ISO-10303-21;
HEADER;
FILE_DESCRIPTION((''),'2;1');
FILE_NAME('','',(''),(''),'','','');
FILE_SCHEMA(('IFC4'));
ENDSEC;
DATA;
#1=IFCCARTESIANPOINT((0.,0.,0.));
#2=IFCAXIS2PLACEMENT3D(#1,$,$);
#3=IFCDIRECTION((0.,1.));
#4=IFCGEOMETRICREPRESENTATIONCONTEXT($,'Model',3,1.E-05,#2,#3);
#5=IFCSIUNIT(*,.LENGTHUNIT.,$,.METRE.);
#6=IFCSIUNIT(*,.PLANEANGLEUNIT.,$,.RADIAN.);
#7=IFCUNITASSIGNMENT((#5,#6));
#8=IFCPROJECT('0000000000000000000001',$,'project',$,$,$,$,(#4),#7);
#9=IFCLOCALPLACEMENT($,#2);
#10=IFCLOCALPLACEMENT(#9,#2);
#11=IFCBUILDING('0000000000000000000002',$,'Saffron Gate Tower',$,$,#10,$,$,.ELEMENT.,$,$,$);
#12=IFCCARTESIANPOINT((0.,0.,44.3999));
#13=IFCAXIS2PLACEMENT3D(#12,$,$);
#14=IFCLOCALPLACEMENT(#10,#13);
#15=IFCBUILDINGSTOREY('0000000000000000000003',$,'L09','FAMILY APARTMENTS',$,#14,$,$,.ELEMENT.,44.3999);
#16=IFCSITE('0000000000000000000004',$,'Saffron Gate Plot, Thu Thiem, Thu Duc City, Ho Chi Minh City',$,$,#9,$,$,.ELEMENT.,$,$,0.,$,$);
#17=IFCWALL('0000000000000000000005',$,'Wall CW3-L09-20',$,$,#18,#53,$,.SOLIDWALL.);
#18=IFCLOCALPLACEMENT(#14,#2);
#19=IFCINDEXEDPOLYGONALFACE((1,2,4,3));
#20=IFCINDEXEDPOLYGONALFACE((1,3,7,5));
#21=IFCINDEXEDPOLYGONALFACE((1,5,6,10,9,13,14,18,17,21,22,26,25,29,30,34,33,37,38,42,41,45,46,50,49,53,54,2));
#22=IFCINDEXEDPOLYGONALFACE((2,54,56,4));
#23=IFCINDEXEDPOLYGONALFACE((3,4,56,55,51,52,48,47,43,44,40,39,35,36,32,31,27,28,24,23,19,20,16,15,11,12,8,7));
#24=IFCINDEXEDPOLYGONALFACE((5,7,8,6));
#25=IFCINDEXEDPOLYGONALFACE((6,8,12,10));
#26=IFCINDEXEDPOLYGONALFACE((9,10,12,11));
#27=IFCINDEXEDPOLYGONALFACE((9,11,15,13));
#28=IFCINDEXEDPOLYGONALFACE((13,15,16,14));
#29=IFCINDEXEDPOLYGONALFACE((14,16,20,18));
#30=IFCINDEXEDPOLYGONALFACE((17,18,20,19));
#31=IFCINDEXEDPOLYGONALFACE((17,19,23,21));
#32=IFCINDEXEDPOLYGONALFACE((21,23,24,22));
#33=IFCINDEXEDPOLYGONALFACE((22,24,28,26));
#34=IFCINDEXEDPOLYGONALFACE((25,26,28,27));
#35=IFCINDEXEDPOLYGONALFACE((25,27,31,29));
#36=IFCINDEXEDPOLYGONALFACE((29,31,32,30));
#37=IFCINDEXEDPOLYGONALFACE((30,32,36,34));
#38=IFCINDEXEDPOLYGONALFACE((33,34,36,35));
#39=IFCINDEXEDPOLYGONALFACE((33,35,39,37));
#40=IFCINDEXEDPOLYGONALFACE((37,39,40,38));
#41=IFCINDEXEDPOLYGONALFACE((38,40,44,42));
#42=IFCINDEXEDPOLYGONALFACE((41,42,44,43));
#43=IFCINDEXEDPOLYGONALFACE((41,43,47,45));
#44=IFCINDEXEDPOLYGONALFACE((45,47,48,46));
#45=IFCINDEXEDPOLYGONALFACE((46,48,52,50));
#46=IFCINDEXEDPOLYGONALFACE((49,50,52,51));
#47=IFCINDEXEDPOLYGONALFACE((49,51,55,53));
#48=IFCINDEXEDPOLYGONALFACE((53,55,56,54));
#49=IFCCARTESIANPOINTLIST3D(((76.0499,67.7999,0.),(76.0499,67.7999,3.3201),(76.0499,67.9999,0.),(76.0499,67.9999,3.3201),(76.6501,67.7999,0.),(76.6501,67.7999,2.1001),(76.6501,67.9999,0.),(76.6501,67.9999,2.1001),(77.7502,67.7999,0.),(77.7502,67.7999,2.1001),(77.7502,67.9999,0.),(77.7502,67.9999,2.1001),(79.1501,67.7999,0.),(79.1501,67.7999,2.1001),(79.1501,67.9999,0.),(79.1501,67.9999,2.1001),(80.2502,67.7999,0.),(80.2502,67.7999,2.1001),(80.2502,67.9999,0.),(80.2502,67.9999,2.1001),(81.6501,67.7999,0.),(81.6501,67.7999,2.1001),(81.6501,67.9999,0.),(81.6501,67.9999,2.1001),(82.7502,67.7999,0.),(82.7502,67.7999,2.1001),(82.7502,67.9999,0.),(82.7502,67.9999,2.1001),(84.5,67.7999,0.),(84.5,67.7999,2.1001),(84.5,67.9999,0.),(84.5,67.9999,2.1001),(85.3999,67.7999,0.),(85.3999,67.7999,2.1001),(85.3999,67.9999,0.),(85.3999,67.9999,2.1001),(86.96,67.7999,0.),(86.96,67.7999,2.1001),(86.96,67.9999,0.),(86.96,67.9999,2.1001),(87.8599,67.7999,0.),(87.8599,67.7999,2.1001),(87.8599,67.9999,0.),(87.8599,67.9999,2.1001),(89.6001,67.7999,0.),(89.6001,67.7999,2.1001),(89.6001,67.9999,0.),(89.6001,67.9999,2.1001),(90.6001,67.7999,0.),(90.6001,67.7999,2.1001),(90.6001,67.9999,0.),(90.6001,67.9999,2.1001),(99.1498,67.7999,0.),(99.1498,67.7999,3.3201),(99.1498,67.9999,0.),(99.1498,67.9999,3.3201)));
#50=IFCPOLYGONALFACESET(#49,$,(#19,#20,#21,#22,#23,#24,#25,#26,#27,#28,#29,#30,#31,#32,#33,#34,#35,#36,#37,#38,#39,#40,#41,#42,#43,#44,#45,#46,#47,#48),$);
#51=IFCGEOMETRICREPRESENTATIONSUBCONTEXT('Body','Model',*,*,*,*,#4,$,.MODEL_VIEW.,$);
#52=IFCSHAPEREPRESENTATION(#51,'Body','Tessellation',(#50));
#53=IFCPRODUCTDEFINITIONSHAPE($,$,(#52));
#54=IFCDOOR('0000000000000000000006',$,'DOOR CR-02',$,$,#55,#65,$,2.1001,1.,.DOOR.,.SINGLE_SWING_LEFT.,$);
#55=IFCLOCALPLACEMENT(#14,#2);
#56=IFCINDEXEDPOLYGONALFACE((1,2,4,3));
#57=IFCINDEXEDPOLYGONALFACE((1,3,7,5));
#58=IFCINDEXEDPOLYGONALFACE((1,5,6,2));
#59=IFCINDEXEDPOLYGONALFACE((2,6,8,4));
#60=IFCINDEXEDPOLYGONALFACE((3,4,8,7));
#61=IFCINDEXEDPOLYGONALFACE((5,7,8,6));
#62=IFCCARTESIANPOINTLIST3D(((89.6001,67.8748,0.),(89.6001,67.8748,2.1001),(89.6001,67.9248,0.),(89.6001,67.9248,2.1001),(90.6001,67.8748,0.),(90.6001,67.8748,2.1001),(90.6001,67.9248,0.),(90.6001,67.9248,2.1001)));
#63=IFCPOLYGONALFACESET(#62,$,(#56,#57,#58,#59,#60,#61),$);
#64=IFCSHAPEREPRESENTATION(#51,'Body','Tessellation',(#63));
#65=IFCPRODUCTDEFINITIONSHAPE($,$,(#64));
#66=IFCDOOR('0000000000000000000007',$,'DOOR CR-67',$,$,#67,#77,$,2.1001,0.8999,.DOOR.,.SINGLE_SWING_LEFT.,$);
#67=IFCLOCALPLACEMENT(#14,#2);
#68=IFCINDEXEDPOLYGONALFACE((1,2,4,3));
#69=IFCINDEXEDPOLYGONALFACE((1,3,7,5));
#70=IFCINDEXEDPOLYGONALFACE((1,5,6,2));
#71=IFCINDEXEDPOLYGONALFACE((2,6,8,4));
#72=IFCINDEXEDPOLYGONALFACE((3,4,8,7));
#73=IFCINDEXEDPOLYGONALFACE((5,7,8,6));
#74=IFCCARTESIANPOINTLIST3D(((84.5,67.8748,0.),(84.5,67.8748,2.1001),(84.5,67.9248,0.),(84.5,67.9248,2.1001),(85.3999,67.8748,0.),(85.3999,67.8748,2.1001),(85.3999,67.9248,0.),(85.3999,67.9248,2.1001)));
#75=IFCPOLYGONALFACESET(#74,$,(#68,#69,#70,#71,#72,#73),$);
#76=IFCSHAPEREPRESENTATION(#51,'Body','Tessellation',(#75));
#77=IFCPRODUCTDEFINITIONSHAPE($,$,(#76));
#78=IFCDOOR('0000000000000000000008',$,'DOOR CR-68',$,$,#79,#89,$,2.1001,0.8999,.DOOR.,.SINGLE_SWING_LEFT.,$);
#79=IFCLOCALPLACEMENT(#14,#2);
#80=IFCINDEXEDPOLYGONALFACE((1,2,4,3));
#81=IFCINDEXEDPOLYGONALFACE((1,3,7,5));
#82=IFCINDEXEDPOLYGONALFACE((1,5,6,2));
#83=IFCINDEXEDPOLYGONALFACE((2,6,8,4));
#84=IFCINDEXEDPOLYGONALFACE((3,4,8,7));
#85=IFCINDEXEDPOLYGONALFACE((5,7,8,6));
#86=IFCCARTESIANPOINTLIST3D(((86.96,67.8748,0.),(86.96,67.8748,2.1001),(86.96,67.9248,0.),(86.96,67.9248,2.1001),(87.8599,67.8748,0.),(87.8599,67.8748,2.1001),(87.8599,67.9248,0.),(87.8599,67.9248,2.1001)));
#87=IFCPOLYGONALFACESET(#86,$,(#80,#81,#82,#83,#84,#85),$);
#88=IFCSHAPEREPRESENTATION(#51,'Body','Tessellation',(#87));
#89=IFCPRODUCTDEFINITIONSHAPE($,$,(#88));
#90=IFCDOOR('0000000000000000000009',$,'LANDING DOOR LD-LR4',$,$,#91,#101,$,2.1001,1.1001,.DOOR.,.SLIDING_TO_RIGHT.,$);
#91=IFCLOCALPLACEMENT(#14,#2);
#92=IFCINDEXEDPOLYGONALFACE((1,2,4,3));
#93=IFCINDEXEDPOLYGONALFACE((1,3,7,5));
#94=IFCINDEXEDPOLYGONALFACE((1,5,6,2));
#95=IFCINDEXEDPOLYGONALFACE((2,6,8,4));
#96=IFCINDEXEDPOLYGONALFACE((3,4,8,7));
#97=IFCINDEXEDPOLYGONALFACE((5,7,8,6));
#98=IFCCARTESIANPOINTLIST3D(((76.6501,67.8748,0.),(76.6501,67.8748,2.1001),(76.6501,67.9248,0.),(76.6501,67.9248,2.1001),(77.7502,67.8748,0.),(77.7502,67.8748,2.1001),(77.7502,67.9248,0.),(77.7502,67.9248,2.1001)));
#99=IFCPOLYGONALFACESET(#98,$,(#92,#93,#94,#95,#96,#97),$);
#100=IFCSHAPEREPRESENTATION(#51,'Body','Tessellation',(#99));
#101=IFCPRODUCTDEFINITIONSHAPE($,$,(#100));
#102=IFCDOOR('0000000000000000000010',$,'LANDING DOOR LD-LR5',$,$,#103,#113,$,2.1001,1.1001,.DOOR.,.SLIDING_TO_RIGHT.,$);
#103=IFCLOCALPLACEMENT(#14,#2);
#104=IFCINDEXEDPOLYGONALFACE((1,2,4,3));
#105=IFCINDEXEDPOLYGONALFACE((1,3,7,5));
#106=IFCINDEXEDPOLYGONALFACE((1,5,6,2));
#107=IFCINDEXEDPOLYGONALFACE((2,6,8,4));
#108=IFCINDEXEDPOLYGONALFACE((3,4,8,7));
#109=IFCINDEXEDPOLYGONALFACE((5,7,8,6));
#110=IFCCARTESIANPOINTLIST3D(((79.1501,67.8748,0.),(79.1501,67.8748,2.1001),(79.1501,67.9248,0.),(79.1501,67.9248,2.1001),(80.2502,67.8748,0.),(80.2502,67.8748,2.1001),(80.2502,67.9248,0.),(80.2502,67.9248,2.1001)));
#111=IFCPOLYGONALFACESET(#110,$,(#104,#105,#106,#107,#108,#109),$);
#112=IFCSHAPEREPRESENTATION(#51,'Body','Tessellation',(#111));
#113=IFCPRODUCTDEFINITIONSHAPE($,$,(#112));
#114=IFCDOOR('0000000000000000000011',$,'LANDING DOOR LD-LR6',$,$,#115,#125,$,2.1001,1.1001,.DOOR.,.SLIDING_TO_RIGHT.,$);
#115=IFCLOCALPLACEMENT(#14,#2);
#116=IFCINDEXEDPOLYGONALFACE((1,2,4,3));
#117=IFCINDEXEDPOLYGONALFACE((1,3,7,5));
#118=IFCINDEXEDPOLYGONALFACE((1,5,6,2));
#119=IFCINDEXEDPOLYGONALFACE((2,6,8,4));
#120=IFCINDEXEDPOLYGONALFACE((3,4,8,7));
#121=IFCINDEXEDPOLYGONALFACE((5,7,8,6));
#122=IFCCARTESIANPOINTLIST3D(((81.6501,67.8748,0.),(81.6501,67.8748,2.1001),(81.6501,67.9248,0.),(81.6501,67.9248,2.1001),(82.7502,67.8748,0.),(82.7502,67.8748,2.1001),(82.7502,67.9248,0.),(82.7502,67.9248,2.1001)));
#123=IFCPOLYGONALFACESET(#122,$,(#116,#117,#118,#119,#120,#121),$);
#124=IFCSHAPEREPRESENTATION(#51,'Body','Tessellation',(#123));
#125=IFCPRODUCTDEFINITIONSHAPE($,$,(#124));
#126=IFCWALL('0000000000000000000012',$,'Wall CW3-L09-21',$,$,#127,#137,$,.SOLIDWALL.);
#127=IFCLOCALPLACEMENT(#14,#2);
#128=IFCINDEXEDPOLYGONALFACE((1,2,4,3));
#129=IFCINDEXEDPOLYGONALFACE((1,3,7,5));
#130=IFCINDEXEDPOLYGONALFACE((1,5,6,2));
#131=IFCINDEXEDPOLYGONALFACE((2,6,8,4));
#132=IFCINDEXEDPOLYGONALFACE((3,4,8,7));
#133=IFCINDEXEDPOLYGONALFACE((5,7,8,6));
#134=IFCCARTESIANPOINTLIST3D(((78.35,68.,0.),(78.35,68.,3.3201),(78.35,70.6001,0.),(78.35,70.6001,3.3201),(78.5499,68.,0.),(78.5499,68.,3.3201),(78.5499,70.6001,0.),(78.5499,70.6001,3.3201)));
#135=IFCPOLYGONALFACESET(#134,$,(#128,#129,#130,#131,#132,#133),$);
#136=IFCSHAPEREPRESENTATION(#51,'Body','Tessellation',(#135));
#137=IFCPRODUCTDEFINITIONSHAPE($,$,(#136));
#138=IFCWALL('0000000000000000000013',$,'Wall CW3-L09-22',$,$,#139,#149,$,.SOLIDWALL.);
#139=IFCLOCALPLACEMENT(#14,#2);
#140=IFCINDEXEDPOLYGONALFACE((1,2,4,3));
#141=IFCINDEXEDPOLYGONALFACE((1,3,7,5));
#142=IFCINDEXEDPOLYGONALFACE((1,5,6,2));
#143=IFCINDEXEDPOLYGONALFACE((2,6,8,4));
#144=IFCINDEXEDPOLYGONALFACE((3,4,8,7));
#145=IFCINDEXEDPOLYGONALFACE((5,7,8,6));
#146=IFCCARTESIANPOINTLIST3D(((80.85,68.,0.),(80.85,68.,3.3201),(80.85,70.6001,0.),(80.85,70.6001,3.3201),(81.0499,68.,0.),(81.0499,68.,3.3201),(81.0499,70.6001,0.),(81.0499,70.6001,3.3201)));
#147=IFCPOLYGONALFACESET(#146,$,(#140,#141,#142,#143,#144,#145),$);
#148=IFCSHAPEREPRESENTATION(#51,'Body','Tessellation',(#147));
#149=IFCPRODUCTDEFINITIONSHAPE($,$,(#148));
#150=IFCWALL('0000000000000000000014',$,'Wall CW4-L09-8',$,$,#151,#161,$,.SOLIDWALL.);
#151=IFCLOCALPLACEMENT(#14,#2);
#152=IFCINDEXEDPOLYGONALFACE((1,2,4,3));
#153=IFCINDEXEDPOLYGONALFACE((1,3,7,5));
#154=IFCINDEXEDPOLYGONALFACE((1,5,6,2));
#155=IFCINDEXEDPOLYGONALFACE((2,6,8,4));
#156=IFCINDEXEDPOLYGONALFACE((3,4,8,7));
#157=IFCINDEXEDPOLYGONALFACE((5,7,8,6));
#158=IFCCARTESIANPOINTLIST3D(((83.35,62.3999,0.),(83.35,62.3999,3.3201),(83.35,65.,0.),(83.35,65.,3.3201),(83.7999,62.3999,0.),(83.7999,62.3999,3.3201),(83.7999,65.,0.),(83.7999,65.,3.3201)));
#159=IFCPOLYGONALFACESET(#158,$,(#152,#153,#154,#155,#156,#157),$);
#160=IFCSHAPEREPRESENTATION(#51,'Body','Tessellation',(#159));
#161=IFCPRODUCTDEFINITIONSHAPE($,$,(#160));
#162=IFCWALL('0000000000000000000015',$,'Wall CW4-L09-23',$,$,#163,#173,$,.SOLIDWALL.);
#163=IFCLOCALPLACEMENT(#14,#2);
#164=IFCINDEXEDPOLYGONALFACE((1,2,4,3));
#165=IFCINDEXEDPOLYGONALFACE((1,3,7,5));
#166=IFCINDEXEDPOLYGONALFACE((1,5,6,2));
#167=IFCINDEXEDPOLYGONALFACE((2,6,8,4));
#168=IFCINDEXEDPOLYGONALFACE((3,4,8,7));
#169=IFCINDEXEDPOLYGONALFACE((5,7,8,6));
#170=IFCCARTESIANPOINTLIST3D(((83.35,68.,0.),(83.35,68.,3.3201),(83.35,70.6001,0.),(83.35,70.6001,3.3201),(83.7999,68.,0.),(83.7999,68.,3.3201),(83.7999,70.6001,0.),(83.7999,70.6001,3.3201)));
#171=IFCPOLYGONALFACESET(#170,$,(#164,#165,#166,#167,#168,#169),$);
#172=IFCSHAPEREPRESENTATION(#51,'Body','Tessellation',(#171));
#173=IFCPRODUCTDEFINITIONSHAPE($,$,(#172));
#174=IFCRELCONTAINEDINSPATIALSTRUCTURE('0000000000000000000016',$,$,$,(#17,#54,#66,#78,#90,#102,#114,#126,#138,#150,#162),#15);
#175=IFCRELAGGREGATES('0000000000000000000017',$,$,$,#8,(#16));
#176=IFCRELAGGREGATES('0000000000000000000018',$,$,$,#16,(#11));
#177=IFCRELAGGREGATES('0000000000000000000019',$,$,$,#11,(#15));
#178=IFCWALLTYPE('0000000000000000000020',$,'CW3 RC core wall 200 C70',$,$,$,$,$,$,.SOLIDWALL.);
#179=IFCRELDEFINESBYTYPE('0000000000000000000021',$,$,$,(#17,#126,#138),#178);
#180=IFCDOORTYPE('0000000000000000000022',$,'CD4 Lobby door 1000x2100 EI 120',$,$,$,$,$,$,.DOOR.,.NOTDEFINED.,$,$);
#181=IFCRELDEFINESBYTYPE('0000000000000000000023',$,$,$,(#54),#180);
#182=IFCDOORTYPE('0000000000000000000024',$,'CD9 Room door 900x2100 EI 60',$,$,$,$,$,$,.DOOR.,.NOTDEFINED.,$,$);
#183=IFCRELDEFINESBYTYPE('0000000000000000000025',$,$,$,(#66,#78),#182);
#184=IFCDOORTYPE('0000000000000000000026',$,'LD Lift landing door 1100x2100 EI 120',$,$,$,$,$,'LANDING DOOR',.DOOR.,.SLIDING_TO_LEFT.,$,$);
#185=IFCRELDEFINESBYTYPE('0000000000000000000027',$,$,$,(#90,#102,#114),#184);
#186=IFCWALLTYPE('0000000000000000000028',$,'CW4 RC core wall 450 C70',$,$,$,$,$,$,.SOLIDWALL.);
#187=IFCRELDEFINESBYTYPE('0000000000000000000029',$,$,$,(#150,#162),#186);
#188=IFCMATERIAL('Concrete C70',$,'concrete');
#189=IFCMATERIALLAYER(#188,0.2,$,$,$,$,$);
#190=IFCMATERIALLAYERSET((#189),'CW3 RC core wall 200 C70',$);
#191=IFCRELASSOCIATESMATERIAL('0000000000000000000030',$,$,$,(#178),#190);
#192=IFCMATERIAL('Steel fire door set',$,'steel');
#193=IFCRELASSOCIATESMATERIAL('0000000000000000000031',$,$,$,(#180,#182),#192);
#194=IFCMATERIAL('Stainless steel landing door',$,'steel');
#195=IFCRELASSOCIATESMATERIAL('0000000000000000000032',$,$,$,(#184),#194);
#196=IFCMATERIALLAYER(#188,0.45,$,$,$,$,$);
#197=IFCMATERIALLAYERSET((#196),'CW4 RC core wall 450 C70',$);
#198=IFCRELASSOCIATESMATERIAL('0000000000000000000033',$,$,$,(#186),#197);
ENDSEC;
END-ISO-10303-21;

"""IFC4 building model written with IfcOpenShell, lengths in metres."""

from ifc_helpers import new_model, si_unit, direction, frame, frame_2d, origin, place, context, subcontext, project, spatial, rectangle, extrude, material, layer, layer_set, type_object, element, fill, save


model = new_model("IFC4")

# Units and contexts
model_context = context("Model", 3, precision=1e-05, world=origin(), true_north=direction((0.0, 1.0)))
body_context = subcontext(model_context, "Body", "Model", "MODEL_VIEW")
ifc_project = project(units=[si_unit("LENGTHUNIT", "METRE"), si_unit("PLANEANGLEUNIT", "RADIAN")], contexts=[model_context])

# Site, building, storey
site_placement = place(None, origin())
site = spatial("IfcSite", under=ifc_project, at=site_placement, Name="Saffron Gate Plot, Thu Thiem, Thu Duc City, Ho Chi Minh City", CompositionType="ELEMENT", RefElevation=0.0)
building_placement = place(site_placement, origin())
building = spatial("IfcBuilding", under=site, at=building_placement, Name="Saffron Gate Tower", CompositionType="ELEMENT")
storey_placement = place(building_placement, frame((0.0, 0.0, 44.3999)))
storey = spatial("IfcBuildingStorey", under=building, at=storey_placement, Name="L09", Description="FAMILY APARTMENTS", CompositionType="ELEMENT", Elevation=44.3999)

# Shared definitions
ifc_material_1 = material(Name="Concrete C70", Category="concrete")

# Shared definitions
ifc_material_2 = material(Name="Steel fire door set", Category="steel")

# Shared definitions
ifc_layer_1 = layer(ifc_material_1, 0.2)
ifc_layer_set_1 = layer_set([ifc_layer_1], Name="CW3 RC core wall 200 C70")
wall_type_1 = type_object("IfcWallType", Name="CW3 RC core wall 200 C70", PredefinedType="SOLIDWALL", material=ifc_layer_set_1)

# Wall, openings, doors
wall_1_placement = place(storey_placement, frame((76.05, 67.8999, 0.0), z_axis=(0.0, 0.0, 1.0), x_axis=(1.0, 0.0, 0.0)))
wall_1 = element("IfcWall", 1, at=wall_1_placement, inside=storey, type_object=wall_type_1, Name="Wall CW3-L09-20", PredefinedType="SOLIDWALL", context=body_context, shape_type="SweptSolid", body=[
    extrude(rectangle(XDim=23.0999, YDim=0.2, at=frame_2d((11.5498, 0.0))), origin(), (0.0, 0.0, 1.0), 3.3201),
])
opening_1_placement = place(wall_1_placement, frame((0.6001, 0.0, 0.0)))
opening_1 = element("IfcOpeningElement", 2, at=opening_1_placement, cuts=wall_1, PredefinedType="OPENING", context=body_context, shape_type="SweptSolid", body=[
    extrude(rectangle(XDim=1.1001, YDim=2.1001, at=frame_2d((0.55, 1.05))), frame((0.0, 0.1099, 0.0), z_axis=(0.0, -1.0, 0.0), x_axis=(1.0, 0.0, 0.0)), (0.0, 0.0, 1.0), 0.22),
])
opening_2_placement = place(wall_1_placement, frame((3.1001, 0.0, 0.0)))
opening_2 = element("IfcOpeningElement", 3, at=opening_2_placement, cuts=wall_1, PredefinedType="OPENING", context=body_context, shape_type="SweptSolid", body=[
    extrude(rectangle(XDim=1.1001, YDim=2.1001, at=frame_2d((0.55, 1.05))), frame((0.0, 0.1099, 0.0), z_axis=(0.0, -1.0, 0.0), x_axis=(1.0, 0.0, 0.0)), (0.0, 0.0, 1.0), 0.22),
])
opening_3_placement = place(wall_1_placement, frame((5.6001, 0.0, 0.0)))
opening_3 = element("IfcOpeningElement", 4, at=opening_3_placement, cuts=wall_1, PredefinedType="OPENING", context=body_context, shape_type="SweptSolid", body=[
    extrude(rectangle(XDim=1.1001, YDim=2.1001, at=frame_2d((0.55, 1.05))), frame((0.0, 0.1099, 0.0), z_axis=(0.0, -1.0, 0.0), x_axis=(1.0, 0.0, 0.0)), (0.0, 0.0, 1.0), 0.22),
])
opening_4_placement = place(wall_1_placement, frame((8.45, 0.0, 0.0)))
opening_4 = element("IfcOpeningElement", 5, at=opening_4_placement, cuts=wall_1, PredefinedType="OPENING", context=body_context, shape_type="SweptSolid", body=[
    extrude(rectangle(XDim=0.8999, YDim=2.1001, at=frame_2d((0.45, 1.05))), frame((0.0, 0.1099, 0.0), z_axis=(0.0, -1.0, 0.0), x_axis=(1.0, 0.0, 0.0)), (0.0, 0.0, 1.0), 0.22),
])
opening_5_placement = place(wall_1_placement, frame((10.9099, 0.0, 0.0)))
opening_5 = element("IfcOpeningElement", 6, at=opening_5_placement, cuts=wall_1, PredefinedType="OPENING", context=body_context, shape_type="SweptSolid", body=[
    extrude(rectangle(XDim=0.8999, YDim=2.1001, at=frame_2d((0.45, 1.05))), frame((0.0, 0.1099, 0.0), z_axis=(0.0, -1.0, 0.0), x_axis=(1.0, 0.0, 0.0)), (0.0, 0.0, 1.0), 0.22),
])
opening_6_placement = place(wall_1_placement, frame((13.55, 0.0, 0.0)))
opening_6 = element("IfcOpeningElement", 7, at=opening_6_placement, cuts=wall_1, PredefinedType="OPENING", context=body_context, shape_type="SweptSolid", body=[
    extrude(rectangle(XDim=1.0, YDim=2.1001, at=frame_2d((0.5, 1.05))), frame((0.0, 0.1099, 0.0), z_axis=(0.0, -1.0, 0.0), x_axis=(1.0, 0.0, 0.0)), (0.0, 0.0, 1.0), 0.22),
])
door_type_1 = type_object("IfcDoorType", Name="CD4 Lobby door 1000x2100 EI 120", OperationType="NOTDEFINED", PredefinedType="DOOR", material=ifc_material_2)
door_1_placement = place(opening_6_placement, origin())
door_1 = element("IfcDoor", 8, at=door_1_placement, inside=storey, type_object=door_type_1, Name="DOOR CR-02", OperationType="SINGLE_SWING_LEFT", OverallHeight=2.1001, OverallWidth=1.0, PredefinedType="DOOR", context=body_context, shape_type="SweptSolid", body=[
    extrude(rectangle(XDim=1.0, YDim=2.1001, at=frame_2d((0.5, 1.05))), frame((0.0, 0.0249, 0.0), z_axis=(0.0, -1.0, 0.0), x_axis=(1.0, 0.0, 0.0)), (0.0, 0.0, 1.0), 0.05),
])
fill(opening_6, door_1)
door_type_2 = type_object("IfcDoorType", Name="CD9 Room door 900x2100 EI 60", OperationType="NOTDEFINED", PredefinedType="DOOR", material=ifc_material_2)
door_2_placement = place(opening_4_placement, origin())
door_2 = element("IfcDoor", 9, at=door_2_placement, inside=storey, type_object=door_type_2, Name="DOOR CR-67", OperationType="SINGLE_SWING_LEFT", OverallHeight=2.1001, OverallWidth=0.8999, PredefinedType="DOOR", context=body_context, shape_type="SweptSolid", body=[
    extrude(rectangle(XDim=0.8999, YDim=2.1001, at=frame_2d((0.45, 1.05))), frame((0.0, 0.0249, 0.0), z_axis=(0.0, -1.0, 0.0), x_axis=(1.0, 0.0, 0.0)), (0.0, 0.0, 1.0), 0.05),
])
fill(opening_4, door_2)
door_3_placement = place(opening_5_placement, origin())
door_3 = element("IfcDoor", 10, at=door_3_placement, inside=storey, type_object=door_type_2, Name="DOOR CR-68", OperationType="SINGLE_SWING_LEFT", OverallHeight=2.1001, OverallWidth=0.8999, PredefinedType="DOOR", context=body_context, shape_type="SweptSolid", body=[
    extrude(rectangle(XDim=0.8999, YDim=2.1001, at=frame_2d((0.45, 1.05))), frame((0.0, 0.0249, 0.0), z_axis=(0.0, -1.0, 0.0), x_axis=(1.0, 0.0, 0.0)), (0.0, 0.0, 1.0), 0.05),
])
fill(opening_5, door_3)
ifc_material_3 = material(Name="Stainless steel landing door", Category="steel")
door_type_3 = type_object("IfcDoorType", Name="LD Lift landing door 1100x2100 EI 120", ElementType="LANDING DOOR", OperationType="SLIDING_TO_LEFT", PredefinedType="DOOR", material=ifc_material_3)
door_4_placement = place(opening_1_placement, origin())
door_4 = element("IfcDoor", 11, at=door_4_placement, inside=storey, type_object=door_type_3, Name="LANDING DOOR LD-LR4", OperationType="SLIDING_TO_RIGHT", OverallHeight=2.1001, OverallWidth=1.1001, PredefinedType="DOOR", context=body_context, shape_type="SweptSolid", body=[
    extrude(rectangle(XDim=1.1001, YDim=2.1001, at=frame_2d((0.55, 1.05))), frame((0.0, 0.0249, 0.0), z_axis=(0.0, -1.0, 0.0), x_axis=(1.0, 0.0, 0.0)), (0.0, 0.0, 1.0), 0.05),
])
fill(opening_1, door_4)
door_5_placement = place(opening_2_placement, origin())
door_5 = element("IfcDoor", 12, at=door_5_placement, inside=storey, type_object=door_type_3, Name="LANDING DOOR LD-LR5", OperationType="SLIDING_TO_RIGHT", OverallHeight=2.1001, OverallWidth=1.1001, PredefinedType="DOOR", context=body_context, shape_type="SweptSolid", body=[
    extrude(rectangle(XDim=1.1001, YDim=2.1001, at=frame_2d((0.55, 1.05))), frame((0.0, 0.0249, 0.0), z_axis=(0.0, -1.0, 0.0), x_axis=(1.0, 0.0, 0.0)), (0.0, 0.0, 1.0), 0.05),
])
fill(opening_2, door_5)
door_6_placement = place(opening_3_placement, origin())
door_6 = element("IfcDoor", 13, at=door_6_placement, inside=storey, type_object=door_type_3, Name="LANDING DOOR LD-LR6", OperationType="SLIDING_TO_RIGHT", OverallHeight=2.1001, OverallWidth=1.1001, PredefinedType="DOOR", context=body_context, shape_type="SweptSolid", body=[
    extrude(rectangle(XDim=1.1001, YDim=2.1001, at=frame_2d((0.55, 1.05))), frame((0.0, 0.0249, 0.0), z_axis=(0.0, -1.0, 0.0), x_axis=(1.0, 0.0, 0.0)), (0.0, 0.0, 1.0), 0.05),
])
fill(opening_3, door_6)

# Walls
for number, where, z_axis, x_axis, name in (
    (14, (78.45, 68.0, 0.0), (0.0, 0.0, 1.0), (0.0, 1.0, 0.0), "Wall CW3-L09-21"),
    (15, (80.95, 68.0, 0.0), (0.0, 0.0, 1.0), (0.0, 1.0, 0.0), "Wall CW3-L09-22"),
):
    element("IfcWall", number, at=place(storey_placement, frame(where, z_axis=z_axis, x_axis=x_axis)), inside=storey, type_object=wall_type_1, Name=name, PredefinedType="SOLIDWALL", context=body_context, shape_type="SweptSolid", body=[
        extrude(rectangle(XDim=2.6001, YDim=0.2, at=frame_2d((1.3, 0.0))), origin(), (0.0, 0.0, 1.0), 3.3201),
    ])
ifc_layer_2 = layer(ifc_material_1, 0.45)
ifc_layer_set_2 = layer_set([ifc_layer_2], Name="CW4 RC core wall 450 C70")
wall_type_2 = type_object("IfcWallType", Name="CW4 RC core wall 450 C70", PredefinedType="SOLIDWALL", material=ifc_layer_set_2)
for number, where, z_axis, x_axis, name in (
    (16, (83.575, 62.3999, 0.0), (0.0, 0.0, 1.0), (0.0, 1.0, 0.0), "Wall CW4-L09-8"),
    (17, (83.575, 68.0, 0.0), (0.0, 0.0, 1.0), (0.0, 1.0, 0.0), "Wall CW4-L09-23"),
):
    element("IfcWall", number, at=place(storey_placement, frame(where, z_axis=z_axis, x_axis=x_axis)), inside=storey, type_object=wall_type_2, Name=name, PredefinedType="SOLIDWALL", context=body_context, shape_type="SweptSolid", body=[
        extrude(rectangle(XDim=2.6001, YDim=0.45, at=frame_2d((1.3, 0.0))), origin(), (0.0, 0.0, 1.0), 3.3201),
    ])

save(model, "model.ifc")
